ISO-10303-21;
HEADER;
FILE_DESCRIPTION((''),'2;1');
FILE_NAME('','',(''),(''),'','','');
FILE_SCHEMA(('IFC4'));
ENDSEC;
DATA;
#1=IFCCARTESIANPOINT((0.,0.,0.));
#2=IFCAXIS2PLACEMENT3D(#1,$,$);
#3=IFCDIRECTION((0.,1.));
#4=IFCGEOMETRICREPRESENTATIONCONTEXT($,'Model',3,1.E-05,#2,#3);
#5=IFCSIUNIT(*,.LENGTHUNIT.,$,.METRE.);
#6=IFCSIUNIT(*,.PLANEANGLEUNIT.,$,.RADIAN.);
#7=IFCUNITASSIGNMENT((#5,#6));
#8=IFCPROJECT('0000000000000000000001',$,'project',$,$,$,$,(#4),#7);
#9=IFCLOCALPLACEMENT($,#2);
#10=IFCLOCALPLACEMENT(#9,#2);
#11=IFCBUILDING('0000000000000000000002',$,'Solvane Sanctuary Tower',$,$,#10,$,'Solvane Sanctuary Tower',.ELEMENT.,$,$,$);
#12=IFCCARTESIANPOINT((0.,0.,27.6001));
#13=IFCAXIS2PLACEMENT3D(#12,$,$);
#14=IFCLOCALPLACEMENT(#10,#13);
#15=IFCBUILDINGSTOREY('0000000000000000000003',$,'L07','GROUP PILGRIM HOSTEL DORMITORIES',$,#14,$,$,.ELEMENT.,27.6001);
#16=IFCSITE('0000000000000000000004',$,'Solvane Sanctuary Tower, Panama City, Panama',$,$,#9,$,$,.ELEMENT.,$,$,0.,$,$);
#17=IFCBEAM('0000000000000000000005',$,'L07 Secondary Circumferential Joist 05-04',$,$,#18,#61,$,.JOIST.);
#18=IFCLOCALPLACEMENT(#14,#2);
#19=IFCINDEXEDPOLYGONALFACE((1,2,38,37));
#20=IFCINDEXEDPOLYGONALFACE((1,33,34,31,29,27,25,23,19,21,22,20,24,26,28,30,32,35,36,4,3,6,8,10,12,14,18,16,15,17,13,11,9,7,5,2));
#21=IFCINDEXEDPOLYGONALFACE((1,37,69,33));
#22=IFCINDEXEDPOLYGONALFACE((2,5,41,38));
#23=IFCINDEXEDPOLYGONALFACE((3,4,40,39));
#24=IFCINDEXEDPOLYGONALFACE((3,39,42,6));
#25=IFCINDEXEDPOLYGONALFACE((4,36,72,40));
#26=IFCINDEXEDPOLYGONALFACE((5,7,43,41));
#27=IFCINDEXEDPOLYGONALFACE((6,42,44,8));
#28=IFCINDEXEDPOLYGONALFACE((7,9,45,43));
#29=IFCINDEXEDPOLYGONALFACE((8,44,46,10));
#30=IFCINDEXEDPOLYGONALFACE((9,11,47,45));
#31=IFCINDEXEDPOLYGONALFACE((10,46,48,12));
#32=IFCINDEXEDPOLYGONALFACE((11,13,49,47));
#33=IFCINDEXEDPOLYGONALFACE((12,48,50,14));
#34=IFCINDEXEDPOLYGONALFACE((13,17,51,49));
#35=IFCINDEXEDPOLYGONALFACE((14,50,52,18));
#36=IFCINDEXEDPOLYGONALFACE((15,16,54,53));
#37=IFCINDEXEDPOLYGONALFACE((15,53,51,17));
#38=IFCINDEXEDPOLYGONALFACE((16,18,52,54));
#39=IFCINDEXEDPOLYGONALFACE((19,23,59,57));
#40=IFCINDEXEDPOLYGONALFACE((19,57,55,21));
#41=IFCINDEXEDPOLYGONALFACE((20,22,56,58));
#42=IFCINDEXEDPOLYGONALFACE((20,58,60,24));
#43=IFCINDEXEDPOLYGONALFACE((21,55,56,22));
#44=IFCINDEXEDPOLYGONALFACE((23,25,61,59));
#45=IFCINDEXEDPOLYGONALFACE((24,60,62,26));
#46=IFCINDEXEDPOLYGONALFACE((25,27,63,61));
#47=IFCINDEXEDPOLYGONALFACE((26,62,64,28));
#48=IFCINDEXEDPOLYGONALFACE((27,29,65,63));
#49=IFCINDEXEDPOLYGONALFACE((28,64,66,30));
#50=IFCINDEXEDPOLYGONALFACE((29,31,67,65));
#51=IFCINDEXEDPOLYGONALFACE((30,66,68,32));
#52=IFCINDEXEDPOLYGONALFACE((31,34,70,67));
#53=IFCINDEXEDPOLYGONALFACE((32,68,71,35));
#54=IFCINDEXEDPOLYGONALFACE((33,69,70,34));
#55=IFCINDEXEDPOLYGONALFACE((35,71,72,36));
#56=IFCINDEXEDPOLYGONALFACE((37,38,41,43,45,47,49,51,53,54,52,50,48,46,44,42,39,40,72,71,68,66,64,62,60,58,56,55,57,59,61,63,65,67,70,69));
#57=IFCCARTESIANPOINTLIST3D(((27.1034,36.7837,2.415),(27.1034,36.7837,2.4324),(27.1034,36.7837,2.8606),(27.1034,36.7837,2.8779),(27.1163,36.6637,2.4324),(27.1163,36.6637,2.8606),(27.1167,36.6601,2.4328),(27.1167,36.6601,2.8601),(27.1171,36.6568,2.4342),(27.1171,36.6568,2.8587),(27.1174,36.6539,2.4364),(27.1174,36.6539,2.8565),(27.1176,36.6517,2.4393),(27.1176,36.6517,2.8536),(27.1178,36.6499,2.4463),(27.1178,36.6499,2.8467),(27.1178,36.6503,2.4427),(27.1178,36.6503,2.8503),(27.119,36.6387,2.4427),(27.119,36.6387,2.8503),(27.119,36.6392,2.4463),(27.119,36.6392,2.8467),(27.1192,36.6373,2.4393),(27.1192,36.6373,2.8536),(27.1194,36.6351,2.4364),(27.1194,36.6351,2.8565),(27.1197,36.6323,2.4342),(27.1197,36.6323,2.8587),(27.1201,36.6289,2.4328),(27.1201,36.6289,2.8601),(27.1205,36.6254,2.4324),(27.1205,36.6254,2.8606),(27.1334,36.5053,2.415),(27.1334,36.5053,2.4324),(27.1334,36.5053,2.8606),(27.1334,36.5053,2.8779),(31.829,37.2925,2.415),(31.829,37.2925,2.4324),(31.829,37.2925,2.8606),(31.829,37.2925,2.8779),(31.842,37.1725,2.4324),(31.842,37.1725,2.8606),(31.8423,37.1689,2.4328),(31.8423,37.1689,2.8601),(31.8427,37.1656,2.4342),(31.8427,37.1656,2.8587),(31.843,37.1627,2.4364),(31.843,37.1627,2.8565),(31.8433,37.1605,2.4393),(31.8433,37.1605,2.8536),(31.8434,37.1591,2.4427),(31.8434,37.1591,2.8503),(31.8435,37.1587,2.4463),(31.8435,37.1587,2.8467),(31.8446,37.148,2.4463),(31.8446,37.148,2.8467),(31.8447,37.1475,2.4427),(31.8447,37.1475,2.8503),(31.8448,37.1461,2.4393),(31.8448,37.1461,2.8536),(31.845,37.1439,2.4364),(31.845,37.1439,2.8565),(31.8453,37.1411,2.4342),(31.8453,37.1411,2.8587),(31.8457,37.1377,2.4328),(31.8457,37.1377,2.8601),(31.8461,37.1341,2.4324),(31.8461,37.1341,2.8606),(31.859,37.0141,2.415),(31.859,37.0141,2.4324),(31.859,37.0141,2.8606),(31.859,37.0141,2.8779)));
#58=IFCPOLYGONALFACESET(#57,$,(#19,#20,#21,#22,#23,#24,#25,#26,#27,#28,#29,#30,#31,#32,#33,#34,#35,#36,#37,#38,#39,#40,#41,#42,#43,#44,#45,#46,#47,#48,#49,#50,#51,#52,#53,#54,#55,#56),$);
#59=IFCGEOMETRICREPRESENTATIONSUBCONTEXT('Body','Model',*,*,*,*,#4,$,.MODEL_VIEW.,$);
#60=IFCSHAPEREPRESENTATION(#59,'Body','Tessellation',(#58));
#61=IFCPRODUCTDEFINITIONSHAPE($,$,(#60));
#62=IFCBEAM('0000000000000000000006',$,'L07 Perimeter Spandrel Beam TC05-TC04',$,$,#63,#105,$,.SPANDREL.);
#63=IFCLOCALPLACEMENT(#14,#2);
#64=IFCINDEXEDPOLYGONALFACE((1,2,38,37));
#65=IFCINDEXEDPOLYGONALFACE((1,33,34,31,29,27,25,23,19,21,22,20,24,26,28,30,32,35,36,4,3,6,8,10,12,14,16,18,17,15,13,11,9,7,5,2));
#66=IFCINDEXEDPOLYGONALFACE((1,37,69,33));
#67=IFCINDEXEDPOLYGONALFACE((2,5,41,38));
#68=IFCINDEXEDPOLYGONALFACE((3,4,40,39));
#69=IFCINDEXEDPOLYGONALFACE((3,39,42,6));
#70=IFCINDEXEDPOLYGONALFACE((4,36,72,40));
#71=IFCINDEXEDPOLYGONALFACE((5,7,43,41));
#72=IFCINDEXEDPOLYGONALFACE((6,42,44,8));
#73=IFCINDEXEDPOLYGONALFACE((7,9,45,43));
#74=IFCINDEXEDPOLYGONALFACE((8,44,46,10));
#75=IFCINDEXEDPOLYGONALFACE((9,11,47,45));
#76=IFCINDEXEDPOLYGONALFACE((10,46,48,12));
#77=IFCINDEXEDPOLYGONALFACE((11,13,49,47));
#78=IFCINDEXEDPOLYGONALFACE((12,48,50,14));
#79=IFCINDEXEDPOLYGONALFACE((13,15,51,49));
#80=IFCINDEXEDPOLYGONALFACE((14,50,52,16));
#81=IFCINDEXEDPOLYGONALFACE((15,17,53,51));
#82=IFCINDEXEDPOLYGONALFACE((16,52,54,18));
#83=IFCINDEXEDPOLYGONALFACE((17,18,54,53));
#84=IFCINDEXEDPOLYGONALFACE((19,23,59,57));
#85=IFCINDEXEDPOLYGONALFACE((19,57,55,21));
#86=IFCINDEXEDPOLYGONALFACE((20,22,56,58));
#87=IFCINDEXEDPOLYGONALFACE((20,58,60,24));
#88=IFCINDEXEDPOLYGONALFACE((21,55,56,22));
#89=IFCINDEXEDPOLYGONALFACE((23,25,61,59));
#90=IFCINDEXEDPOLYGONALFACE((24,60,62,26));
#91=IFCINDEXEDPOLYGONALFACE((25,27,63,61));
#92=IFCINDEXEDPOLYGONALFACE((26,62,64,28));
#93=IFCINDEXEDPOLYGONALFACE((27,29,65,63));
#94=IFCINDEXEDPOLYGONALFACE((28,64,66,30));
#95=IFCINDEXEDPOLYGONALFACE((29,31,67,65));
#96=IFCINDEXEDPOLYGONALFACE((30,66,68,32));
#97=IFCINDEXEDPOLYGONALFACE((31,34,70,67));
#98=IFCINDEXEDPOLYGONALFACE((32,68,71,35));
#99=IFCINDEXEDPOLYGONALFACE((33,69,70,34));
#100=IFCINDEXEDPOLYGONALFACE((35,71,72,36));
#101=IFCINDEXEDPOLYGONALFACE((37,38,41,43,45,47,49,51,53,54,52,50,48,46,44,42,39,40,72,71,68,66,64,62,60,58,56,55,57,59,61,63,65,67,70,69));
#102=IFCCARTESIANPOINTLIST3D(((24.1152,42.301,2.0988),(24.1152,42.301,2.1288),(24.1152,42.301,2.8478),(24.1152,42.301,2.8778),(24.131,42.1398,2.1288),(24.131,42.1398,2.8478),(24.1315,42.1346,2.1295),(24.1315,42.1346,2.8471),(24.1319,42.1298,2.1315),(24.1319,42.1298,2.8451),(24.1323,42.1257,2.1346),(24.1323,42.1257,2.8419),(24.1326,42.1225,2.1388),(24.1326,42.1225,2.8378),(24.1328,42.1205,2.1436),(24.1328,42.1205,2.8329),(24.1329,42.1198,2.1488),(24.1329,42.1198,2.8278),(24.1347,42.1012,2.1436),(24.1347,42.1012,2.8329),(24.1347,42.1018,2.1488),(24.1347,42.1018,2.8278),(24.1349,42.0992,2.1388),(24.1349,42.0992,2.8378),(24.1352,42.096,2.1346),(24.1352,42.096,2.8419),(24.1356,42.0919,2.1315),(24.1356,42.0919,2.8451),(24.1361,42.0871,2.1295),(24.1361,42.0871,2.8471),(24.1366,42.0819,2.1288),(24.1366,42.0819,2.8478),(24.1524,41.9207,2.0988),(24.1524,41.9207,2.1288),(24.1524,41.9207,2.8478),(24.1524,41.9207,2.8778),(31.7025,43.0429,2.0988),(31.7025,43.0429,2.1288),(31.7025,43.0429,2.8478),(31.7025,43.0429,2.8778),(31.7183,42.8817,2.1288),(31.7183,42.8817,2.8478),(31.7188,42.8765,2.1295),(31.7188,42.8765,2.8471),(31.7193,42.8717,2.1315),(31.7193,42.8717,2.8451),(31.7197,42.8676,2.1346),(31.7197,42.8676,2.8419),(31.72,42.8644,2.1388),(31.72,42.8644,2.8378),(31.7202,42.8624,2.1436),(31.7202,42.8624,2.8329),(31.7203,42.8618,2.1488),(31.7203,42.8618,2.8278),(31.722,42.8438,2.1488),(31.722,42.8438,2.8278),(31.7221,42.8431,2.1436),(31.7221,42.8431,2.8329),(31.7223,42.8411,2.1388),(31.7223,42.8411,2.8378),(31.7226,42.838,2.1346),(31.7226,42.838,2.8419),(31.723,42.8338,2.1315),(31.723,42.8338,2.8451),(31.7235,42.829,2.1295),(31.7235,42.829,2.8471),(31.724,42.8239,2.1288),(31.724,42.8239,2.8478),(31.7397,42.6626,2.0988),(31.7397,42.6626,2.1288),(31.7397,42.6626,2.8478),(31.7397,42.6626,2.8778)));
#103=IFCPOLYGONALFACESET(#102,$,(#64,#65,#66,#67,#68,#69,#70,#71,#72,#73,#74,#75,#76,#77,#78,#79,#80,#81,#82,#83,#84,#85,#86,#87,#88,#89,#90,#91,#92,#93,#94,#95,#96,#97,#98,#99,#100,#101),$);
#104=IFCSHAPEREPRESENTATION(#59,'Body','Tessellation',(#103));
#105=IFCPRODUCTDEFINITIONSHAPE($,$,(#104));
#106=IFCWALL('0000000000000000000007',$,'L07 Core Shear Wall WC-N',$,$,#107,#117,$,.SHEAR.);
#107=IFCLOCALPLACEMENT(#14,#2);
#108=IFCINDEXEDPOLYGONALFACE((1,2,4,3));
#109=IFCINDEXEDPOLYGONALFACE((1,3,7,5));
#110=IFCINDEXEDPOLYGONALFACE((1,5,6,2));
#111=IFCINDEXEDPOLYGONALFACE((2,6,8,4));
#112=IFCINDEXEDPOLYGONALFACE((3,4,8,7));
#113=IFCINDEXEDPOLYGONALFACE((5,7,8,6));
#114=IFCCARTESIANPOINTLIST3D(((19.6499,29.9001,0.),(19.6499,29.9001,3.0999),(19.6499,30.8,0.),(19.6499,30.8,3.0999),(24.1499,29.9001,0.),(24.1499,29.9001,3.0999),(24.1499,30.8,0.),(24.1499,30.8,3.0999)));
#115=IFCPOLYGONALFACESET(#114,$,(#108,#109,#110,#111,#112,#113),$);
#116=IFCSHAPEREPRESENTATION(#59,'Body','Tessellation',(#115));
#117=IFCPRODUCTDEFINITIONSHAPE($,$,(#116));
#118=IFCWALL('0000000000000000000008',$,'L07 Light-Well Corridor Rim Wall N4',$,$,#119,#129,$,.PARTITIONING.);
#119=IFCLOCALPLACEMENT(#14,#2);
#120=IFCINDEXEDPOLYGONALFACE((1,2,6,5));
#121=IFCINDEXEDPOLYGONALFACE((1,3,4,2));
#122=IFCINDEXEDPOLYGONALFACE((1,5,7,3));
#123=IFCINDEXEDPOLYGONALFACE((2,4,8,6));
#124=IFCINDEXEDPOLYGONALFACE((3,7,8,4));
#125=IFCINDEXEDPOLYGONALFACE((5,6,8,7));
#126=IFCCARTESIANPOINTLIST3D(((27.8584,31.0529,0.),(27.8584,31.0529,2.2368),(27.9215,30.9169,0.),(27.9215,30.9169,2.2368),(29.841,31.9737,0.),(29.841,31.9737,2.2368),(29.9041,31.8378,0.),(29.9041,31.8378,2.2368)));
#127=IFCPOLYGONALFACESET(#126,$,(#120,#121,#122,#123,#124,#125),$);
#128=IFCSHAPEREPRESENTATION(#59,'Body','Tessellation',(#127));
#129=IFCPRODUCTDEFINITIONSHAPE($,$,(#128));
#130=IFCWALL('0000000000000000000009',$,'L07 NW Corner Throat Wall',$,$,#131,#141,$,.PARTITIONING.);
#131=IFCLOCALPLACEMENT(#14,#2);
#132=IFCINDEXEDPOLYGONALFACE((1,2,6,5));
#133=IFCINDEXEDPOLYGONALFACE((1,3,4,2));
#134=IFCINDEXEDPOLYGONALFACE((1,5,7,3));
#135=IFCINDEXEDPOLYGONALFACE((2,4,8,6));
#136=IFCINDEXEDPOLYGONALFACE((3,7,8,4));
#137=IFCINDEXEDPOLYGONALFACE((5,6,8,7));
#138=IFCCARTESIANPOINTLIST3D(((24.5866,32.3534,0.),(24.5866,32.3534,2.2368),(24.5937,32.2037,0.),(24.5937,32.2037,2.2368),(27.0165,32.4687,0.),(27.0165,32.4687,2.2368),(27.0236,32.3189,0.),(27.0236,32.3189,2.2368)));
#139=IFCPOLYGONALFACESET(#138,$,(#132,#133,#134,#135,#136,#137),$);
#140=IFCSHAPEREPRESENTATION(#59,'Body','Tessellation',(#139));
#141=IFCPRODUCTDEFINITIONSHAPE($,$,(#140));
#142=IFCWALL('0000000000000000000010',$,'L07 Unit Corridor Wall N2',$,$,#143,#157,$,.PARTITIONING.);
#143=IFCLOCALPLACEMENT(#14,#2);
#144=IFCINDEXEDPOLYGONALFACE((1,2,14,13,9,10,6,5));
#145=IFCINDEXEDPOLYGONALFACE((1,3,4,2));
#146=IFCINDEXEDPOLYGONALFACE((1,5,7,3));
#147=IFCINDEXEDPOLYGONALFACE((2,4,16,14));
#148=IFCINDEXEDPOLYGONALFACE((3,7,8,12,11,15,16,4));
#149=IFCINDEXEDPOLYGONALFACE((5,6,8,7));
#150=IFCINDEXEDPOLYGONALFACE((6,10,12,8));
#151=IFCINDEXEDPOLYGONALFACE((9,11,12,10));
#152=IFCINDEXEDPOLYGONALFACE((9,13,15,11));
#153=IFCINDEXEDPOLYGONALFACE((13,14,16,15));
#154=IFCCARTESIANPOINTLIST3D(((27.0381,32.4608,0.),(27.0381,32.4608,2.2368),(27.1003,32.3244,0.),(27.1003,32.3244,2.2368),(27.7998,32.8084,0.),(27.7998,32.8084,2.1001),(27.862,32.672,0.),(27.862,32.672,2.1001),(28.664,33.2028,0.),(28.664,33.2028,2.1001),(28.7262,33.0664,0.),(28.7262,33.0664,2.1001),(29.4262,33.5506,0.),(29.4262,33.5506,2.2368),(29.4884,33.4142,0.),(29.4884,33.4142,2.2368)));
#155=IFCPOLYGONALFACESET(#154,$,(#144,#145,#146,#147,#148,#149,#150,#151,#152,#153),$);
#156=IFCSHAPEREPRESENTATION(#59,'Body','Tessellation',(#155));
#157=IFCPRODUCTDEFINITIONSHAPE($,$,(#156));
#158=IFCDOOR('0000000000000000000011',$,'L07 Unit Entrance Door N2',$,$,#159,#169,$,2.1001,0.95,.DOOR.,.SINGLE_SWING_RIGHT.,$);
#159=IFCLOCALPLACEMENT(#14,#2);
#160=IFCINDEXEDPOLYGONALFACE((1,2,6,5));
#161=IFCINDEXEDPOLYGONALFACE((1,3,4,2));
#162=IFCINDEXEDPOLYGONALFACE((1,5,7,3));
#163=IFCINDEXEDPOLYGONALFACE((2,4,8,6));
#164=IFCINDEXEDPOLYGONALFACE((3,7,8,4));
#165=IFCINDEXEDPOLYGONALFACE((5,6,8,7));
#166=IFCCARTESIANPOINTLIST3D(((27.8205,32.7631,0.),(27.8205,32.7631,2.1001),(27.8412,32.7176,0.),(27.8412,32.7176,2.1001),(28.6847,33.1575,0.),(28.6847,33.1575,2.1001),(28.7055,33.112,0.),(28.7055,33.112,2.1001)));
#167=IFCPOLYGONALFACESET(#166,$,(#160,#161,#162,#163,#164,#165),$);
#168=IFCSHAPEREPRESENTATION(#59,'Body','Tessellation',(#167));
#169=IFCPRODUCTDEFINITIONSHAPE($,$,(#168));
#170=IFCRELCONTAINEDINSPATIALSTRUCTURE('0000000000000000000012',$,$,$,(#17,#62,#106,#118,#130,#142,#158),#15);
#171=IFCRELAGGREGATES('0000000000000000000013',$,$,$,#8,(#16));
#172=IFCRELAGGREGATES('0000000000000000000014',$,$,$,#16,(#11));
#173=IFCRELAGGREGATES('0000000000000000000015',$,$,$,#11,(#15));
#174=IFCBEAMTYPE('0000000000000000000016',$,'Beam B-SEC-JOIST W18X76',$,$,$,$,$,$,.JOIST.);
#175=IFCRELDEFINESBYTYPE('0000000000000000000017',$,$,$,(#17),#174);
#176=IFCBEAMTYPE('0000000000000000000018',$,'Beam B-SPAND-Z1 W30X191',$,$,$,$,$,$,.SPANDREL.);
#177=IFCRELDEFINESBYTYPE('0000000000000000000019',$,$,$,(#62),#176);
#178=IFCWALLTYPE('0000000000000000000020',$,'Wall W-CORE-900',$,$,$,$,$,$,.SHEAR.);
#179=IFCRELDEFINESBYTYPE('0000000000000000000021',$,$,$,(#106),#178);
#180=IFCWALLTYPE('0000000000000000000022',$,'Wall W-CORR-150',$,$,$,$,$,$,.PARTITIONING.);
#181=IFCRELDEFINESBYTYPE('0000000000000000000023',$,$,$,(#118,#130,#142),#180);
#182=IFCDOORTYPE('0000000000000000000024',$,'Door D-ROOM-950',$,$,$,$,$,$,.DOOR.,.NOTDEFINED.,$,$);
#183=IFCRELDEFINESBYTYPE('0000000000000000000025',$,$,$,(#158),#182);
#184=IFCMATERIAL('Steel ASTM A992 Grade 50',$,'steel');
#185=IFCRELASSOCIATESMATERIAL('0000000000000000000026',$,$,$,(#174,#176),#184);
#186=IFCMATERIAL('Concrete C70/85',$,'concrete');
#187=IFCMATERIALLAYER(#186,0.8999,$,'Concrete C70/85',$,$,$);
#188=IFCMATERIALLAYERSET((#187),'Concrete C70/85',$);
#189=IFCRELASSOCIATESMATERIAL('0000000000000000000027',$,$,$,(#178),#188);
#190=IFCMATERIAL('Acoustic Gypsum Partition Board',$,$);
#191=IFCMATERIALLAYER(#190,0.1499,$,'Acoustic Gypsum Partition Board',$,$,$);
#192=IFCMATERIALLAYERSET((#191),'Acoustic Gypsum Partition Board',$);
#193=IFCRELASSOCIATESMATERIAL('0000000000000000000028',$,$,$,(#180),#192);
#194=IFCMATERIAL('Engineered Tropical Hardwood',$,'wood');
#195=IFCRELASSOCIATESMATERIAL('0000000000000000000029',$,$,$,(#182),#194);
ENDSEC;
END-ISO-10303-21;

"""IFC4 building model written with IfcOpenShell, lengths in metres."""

from ifc_helpers import new_model, si_unit, direction, frame, frame_2d, origin, origin_2d, place, context, subcontext, project, spatial, rectangle, i_section, extrude, material, layer, layer_set, material_profile, profile_set, type_object, element, fill, save


model = new_model("IFC4")

# Units and contexts
model_context = context("Model", 3, precision=1e-05, world=origin(), true_north=direction((0.0, 1.0)))
body_context = subcontext(model_context, "Body", "Model", "MODEL_VIEW")
ifc_project = project(units=[si_unit("LENGTHUNIT", "METRE"), si_unit("PLANEANGLEUNIT", "RADIAN")], contexts=[model_context])

# Site, building, storey
site_placement = place(None, origin())
site = spatial("IfcSite", under=ifc_project, at=site_placement, Name="Solvane Sanctuary Tower, Panama City, Panama", CompositionType="ELEMENT", RefElevation=0.0)
building_placement = place(site_placement, origin())
building = spatial("IfcBuilding", under=site, at=building_placement, Name="Solvane Sanctuary Tower", LongName="Solvane Sanctuary Tower", CompositionType="ELEMENT")
storey_placement = place(building_placement, frame((0.0, 0.0, 27.6001)))
storey = spatial("IfcBuildingStorey", under=building, at=storey_placement, Name="L07", Description="GROUP PILGRIM HOSTEL DORMITORIES", CompositionType="ELEMENT", Elevation=27.6001)

# Shared definitions
ifc_material_1 = material(Name="Concrete C70/85", Category="concrete")

# Beams
ifc_material_2 = material(Name="Steel ASTM A992 Grade 50", Category="steel")
ifc_material_profile_1 = material_profile(ifc_material_2, i_section(OverallWidth=0.28, OverallDepth=0.4629, WebThickness=0.0107, FlangeThickness=0.0173, FilletRadius=0.0139, at=origin_2d()), Name="W18X76")
ifc_profile_set_1 = profile_set([ifc_material_profile_1], Name="Steel ASTM A992 Grade 50")
beam_type_1 = type_object("IfcBeamType", Name="Beam B-SEC-JOIST W18X76", PredefinedType="JOIST", material=ifc_profile_set_1)
beam_1_placement = place(storey_placement, frame((27.1184, 36.6445, 2.6465), z_axis=(0.994254, 0.107048, 0.0), x_axis=(-0.107048, 0.994254, 0.0)))
element("IfcBeam", 1, at=beam_1_placement, inside=storey, type_object=beam_type_1, Name="L07 Secondary Circumferential Joist 05-04", PredefinedType="JOIST", context=body_context, shape_type="SweptSolid", body=[
    extrude(i_section(OverallWidth=0.28, OverallDepth=0.4629, WebThickness=0.0107, FlangeThickness=0.0173, FilletRadius=0.0139, at=origin_2d()), origin(), (0.0, 0.0, 1.0), 4.7529),
])
ifc_material_profile_2 = material_profile(ifc_material_2, i_section(OverallWidth=0.3821, OverallDepth=0.7791, WebThickness=0.0181, FlangeThickness=0.03, FilletRadius=0.02, at=origin_2d()), Name="W30X191")
ifc_profile_set_2 = profile_set([ifc_material_profile_2], Name="Steel ASTM A992 Grade 50")
beam_type_2 = type_object("IfcBeamType", Name="Beam B-SPAND-Z1 W30X191", PredefinedType="SPANDREL", material=ifc_profile_set_2)
beam_2_placement = place(storey_placement, frame((24.1338, 42.1108, 2.4883), z_axis=(0.995253, 0.097322, 0.0), x_axis=(-0.097322, 0.995253, 0.0)))
element("IfcBeam", 2, at=beam_2_placement, inside=storey, type_object=beam_type_2, Name="L07 Perimeter Spandrel Beam TC05-TC04", PredefinedType="SPANDREL", context=body_context, shape_type="SweptSolid", body=[
    extrude(i_section(OverallWidth=0.3821, OverallDepth=0.7791, WebThickness=0.0181, FlangeThickness=0.03, FilletRadius=0.02, at=origin_2d()), origin(), (0.0, 0.0, 1.0), 7.6235),
])

# Walls
ifc_layer_1 = layer(ifc_material_1, 0.8999, Name="Concrete C70/85")
ifc_layer_set_1 = layer_set([ifc_layer_1], Name="Concrete C70/85")
wall_type_1 = type_object("IfcWallType", Name="Wall W-CORE-900", PredefinedType="SHEAR", material=ifc_layer_set_1)
wall_1_placement = place(storey_placement, frame((19.6499, 30.3501, 0.0), z_axis=(0.0, 0.0, 1.0), x_axis=(1.0, 0.0, 0.0)))
element("IfcWall", 3, at=wall_1_placement, inside=storey, type_object=wall_type_1, Name="L07 Core Shear Wall WC-N", PredefinedType="SHEAR", context=body_context, shape_type="SweptSolid", body=[
    extrude(rectangle(XDim=4.5, YDim=0.8999, at=frame_2d((2.25, 0.0))), origin(), (0.0, 0.0, 1.0), 3.0999),
])
ifc_material_3 = material(Name="Acoustic Gypsum Partition Board")
ifc_layer_2 = layer(ifc_material_3, 0.1499, Name="Acoustic Gypsum Partition Board")
ifc_layer_set_2 = layer_set([ifc_layer_2], Name="Acoustic Gypsum Partition Board")
wall_type_2 = type_object("IfcWallType", Name="Wall W-CORR-150", PredefinedType="PARTITIONING", material=ifc_layer_set_2)
wall_2_placement = place(storey_placement, frame((29.8726, 31.9058, 0.0), z_axis=(0.0, 0.0, 1.0), x_axis=(-0.906943, -0.421252, 0.0)))
element("IfcWall", 4, at=wall_2_placement, inside=storey, type_object=wall_type_2, Name="L07 Light-Well Corridor Rim Wall N4", PredefinedType="PARTITIONING", context=body_context, shape_type="SweptSolid", body=[
    extrude(rectangle(XDim=2.186, YDim=0.1499, at=frame_2d((1.093, 0.0))), origin(), (0.0, 0.0, 1.0), 2.2368),
])
wall_3_placement = place(storey_placement, frame((27.02, 32.3938, 0.0), z_axis=(0.0, 0.0, 1.0), x_axis=(-0.998877, -0.04737, 0.0)))
element("IfcWall", 5, at=wall_3_placement, inside=storey, type_object=wall_type_2, Name="L07 NW Corner Throat Wall", PredefinedType="PARTITIONING", context=body_context, shape_type="SweptSolid", body=[
    extrude(rectangle(XDim=2.4326, YDim=0.1499, at=frame_2d((1.2163, 0.0))), origin(), (0.0, 0.0, 1.0), 2.2368),
])

# Wall, opening, door
wall_4_placement = place(storey_placement, frame((29.4573, 33.4824, 0.0), z_axis=(0.0, 0.0, 1.0), x_axis=(-0.909748, -0.415162, 0.0)))
wall_4 = element("IfcWall", 6, at=wall_4_placement, inside=storey, type_object=wall_type_2, Name="L07 Unit Corridor Wall N2", PredefinedType="PARTITIONING", context=body_context, shape_type="SweptSolid", body=[
    extrude(rectangle(XDim=2.625, YDim=0.1499, at=frame_2d((1.3125, 0.0))), origin(), (0.0, 0.0, 1.0), 2.2368),
])
opening_1_placement = place(wall_4_placement, frame((0.8376, 0.0, 0.0)))
opening_1 = element("IfcOpeningElement", 7, at=opening_1_placement, cuts=wall_4, PredefinedType="OPENING", context=body_context, shape_type="SweptSolid", body=[
    extrude(rectangle(XDim=0.95, YDim=2.1001, at=frame_2d((0.4751, 1.05))), frame((0.0, 0.085, 0.0), z_axis=(0.0, -1.0, 0.0), x_axis=(1.0, 0.0, 0.0)), (0.0, 0.0, 1.0), 0.1699),
])
ifc_material_4 = material(Name="Engineered Tropical Hardwood", Category="wood")
door_type = type_object("IfcDoorType", Name="Door D-ROOM-950", OperationType="NOTDEFINED", PredefinedType="DOOR", material=ifc_material_4)
door_placement = place(opening_1_placement, origin())
door = element("IfcDoor", 8, at=door_placement, inside=storey, type_object=door_type, Name="L07 Unit Entrance Door N2", OperationType="SINGLE_SWING_RIGHT", OverallHeight=2.1001, OverallWidth=0.95, PredefinedType="DOOR", context=body_context, shape_type="SweptSolid", body=[
    extrude(rectangle(XDim=0.95, YDim=2.1001, at=frame_2d((0.4751, 1.05))), frame((0.0, 0.0249, 0.0), z_axis=(0.0, -1.0, 0.0), x_axis=(1.0, 0.0, 0.0)), (0.0, 0.0, 1.0), 0.05),
])
fill(opening_1, door)

save(model, "model.ifc")
